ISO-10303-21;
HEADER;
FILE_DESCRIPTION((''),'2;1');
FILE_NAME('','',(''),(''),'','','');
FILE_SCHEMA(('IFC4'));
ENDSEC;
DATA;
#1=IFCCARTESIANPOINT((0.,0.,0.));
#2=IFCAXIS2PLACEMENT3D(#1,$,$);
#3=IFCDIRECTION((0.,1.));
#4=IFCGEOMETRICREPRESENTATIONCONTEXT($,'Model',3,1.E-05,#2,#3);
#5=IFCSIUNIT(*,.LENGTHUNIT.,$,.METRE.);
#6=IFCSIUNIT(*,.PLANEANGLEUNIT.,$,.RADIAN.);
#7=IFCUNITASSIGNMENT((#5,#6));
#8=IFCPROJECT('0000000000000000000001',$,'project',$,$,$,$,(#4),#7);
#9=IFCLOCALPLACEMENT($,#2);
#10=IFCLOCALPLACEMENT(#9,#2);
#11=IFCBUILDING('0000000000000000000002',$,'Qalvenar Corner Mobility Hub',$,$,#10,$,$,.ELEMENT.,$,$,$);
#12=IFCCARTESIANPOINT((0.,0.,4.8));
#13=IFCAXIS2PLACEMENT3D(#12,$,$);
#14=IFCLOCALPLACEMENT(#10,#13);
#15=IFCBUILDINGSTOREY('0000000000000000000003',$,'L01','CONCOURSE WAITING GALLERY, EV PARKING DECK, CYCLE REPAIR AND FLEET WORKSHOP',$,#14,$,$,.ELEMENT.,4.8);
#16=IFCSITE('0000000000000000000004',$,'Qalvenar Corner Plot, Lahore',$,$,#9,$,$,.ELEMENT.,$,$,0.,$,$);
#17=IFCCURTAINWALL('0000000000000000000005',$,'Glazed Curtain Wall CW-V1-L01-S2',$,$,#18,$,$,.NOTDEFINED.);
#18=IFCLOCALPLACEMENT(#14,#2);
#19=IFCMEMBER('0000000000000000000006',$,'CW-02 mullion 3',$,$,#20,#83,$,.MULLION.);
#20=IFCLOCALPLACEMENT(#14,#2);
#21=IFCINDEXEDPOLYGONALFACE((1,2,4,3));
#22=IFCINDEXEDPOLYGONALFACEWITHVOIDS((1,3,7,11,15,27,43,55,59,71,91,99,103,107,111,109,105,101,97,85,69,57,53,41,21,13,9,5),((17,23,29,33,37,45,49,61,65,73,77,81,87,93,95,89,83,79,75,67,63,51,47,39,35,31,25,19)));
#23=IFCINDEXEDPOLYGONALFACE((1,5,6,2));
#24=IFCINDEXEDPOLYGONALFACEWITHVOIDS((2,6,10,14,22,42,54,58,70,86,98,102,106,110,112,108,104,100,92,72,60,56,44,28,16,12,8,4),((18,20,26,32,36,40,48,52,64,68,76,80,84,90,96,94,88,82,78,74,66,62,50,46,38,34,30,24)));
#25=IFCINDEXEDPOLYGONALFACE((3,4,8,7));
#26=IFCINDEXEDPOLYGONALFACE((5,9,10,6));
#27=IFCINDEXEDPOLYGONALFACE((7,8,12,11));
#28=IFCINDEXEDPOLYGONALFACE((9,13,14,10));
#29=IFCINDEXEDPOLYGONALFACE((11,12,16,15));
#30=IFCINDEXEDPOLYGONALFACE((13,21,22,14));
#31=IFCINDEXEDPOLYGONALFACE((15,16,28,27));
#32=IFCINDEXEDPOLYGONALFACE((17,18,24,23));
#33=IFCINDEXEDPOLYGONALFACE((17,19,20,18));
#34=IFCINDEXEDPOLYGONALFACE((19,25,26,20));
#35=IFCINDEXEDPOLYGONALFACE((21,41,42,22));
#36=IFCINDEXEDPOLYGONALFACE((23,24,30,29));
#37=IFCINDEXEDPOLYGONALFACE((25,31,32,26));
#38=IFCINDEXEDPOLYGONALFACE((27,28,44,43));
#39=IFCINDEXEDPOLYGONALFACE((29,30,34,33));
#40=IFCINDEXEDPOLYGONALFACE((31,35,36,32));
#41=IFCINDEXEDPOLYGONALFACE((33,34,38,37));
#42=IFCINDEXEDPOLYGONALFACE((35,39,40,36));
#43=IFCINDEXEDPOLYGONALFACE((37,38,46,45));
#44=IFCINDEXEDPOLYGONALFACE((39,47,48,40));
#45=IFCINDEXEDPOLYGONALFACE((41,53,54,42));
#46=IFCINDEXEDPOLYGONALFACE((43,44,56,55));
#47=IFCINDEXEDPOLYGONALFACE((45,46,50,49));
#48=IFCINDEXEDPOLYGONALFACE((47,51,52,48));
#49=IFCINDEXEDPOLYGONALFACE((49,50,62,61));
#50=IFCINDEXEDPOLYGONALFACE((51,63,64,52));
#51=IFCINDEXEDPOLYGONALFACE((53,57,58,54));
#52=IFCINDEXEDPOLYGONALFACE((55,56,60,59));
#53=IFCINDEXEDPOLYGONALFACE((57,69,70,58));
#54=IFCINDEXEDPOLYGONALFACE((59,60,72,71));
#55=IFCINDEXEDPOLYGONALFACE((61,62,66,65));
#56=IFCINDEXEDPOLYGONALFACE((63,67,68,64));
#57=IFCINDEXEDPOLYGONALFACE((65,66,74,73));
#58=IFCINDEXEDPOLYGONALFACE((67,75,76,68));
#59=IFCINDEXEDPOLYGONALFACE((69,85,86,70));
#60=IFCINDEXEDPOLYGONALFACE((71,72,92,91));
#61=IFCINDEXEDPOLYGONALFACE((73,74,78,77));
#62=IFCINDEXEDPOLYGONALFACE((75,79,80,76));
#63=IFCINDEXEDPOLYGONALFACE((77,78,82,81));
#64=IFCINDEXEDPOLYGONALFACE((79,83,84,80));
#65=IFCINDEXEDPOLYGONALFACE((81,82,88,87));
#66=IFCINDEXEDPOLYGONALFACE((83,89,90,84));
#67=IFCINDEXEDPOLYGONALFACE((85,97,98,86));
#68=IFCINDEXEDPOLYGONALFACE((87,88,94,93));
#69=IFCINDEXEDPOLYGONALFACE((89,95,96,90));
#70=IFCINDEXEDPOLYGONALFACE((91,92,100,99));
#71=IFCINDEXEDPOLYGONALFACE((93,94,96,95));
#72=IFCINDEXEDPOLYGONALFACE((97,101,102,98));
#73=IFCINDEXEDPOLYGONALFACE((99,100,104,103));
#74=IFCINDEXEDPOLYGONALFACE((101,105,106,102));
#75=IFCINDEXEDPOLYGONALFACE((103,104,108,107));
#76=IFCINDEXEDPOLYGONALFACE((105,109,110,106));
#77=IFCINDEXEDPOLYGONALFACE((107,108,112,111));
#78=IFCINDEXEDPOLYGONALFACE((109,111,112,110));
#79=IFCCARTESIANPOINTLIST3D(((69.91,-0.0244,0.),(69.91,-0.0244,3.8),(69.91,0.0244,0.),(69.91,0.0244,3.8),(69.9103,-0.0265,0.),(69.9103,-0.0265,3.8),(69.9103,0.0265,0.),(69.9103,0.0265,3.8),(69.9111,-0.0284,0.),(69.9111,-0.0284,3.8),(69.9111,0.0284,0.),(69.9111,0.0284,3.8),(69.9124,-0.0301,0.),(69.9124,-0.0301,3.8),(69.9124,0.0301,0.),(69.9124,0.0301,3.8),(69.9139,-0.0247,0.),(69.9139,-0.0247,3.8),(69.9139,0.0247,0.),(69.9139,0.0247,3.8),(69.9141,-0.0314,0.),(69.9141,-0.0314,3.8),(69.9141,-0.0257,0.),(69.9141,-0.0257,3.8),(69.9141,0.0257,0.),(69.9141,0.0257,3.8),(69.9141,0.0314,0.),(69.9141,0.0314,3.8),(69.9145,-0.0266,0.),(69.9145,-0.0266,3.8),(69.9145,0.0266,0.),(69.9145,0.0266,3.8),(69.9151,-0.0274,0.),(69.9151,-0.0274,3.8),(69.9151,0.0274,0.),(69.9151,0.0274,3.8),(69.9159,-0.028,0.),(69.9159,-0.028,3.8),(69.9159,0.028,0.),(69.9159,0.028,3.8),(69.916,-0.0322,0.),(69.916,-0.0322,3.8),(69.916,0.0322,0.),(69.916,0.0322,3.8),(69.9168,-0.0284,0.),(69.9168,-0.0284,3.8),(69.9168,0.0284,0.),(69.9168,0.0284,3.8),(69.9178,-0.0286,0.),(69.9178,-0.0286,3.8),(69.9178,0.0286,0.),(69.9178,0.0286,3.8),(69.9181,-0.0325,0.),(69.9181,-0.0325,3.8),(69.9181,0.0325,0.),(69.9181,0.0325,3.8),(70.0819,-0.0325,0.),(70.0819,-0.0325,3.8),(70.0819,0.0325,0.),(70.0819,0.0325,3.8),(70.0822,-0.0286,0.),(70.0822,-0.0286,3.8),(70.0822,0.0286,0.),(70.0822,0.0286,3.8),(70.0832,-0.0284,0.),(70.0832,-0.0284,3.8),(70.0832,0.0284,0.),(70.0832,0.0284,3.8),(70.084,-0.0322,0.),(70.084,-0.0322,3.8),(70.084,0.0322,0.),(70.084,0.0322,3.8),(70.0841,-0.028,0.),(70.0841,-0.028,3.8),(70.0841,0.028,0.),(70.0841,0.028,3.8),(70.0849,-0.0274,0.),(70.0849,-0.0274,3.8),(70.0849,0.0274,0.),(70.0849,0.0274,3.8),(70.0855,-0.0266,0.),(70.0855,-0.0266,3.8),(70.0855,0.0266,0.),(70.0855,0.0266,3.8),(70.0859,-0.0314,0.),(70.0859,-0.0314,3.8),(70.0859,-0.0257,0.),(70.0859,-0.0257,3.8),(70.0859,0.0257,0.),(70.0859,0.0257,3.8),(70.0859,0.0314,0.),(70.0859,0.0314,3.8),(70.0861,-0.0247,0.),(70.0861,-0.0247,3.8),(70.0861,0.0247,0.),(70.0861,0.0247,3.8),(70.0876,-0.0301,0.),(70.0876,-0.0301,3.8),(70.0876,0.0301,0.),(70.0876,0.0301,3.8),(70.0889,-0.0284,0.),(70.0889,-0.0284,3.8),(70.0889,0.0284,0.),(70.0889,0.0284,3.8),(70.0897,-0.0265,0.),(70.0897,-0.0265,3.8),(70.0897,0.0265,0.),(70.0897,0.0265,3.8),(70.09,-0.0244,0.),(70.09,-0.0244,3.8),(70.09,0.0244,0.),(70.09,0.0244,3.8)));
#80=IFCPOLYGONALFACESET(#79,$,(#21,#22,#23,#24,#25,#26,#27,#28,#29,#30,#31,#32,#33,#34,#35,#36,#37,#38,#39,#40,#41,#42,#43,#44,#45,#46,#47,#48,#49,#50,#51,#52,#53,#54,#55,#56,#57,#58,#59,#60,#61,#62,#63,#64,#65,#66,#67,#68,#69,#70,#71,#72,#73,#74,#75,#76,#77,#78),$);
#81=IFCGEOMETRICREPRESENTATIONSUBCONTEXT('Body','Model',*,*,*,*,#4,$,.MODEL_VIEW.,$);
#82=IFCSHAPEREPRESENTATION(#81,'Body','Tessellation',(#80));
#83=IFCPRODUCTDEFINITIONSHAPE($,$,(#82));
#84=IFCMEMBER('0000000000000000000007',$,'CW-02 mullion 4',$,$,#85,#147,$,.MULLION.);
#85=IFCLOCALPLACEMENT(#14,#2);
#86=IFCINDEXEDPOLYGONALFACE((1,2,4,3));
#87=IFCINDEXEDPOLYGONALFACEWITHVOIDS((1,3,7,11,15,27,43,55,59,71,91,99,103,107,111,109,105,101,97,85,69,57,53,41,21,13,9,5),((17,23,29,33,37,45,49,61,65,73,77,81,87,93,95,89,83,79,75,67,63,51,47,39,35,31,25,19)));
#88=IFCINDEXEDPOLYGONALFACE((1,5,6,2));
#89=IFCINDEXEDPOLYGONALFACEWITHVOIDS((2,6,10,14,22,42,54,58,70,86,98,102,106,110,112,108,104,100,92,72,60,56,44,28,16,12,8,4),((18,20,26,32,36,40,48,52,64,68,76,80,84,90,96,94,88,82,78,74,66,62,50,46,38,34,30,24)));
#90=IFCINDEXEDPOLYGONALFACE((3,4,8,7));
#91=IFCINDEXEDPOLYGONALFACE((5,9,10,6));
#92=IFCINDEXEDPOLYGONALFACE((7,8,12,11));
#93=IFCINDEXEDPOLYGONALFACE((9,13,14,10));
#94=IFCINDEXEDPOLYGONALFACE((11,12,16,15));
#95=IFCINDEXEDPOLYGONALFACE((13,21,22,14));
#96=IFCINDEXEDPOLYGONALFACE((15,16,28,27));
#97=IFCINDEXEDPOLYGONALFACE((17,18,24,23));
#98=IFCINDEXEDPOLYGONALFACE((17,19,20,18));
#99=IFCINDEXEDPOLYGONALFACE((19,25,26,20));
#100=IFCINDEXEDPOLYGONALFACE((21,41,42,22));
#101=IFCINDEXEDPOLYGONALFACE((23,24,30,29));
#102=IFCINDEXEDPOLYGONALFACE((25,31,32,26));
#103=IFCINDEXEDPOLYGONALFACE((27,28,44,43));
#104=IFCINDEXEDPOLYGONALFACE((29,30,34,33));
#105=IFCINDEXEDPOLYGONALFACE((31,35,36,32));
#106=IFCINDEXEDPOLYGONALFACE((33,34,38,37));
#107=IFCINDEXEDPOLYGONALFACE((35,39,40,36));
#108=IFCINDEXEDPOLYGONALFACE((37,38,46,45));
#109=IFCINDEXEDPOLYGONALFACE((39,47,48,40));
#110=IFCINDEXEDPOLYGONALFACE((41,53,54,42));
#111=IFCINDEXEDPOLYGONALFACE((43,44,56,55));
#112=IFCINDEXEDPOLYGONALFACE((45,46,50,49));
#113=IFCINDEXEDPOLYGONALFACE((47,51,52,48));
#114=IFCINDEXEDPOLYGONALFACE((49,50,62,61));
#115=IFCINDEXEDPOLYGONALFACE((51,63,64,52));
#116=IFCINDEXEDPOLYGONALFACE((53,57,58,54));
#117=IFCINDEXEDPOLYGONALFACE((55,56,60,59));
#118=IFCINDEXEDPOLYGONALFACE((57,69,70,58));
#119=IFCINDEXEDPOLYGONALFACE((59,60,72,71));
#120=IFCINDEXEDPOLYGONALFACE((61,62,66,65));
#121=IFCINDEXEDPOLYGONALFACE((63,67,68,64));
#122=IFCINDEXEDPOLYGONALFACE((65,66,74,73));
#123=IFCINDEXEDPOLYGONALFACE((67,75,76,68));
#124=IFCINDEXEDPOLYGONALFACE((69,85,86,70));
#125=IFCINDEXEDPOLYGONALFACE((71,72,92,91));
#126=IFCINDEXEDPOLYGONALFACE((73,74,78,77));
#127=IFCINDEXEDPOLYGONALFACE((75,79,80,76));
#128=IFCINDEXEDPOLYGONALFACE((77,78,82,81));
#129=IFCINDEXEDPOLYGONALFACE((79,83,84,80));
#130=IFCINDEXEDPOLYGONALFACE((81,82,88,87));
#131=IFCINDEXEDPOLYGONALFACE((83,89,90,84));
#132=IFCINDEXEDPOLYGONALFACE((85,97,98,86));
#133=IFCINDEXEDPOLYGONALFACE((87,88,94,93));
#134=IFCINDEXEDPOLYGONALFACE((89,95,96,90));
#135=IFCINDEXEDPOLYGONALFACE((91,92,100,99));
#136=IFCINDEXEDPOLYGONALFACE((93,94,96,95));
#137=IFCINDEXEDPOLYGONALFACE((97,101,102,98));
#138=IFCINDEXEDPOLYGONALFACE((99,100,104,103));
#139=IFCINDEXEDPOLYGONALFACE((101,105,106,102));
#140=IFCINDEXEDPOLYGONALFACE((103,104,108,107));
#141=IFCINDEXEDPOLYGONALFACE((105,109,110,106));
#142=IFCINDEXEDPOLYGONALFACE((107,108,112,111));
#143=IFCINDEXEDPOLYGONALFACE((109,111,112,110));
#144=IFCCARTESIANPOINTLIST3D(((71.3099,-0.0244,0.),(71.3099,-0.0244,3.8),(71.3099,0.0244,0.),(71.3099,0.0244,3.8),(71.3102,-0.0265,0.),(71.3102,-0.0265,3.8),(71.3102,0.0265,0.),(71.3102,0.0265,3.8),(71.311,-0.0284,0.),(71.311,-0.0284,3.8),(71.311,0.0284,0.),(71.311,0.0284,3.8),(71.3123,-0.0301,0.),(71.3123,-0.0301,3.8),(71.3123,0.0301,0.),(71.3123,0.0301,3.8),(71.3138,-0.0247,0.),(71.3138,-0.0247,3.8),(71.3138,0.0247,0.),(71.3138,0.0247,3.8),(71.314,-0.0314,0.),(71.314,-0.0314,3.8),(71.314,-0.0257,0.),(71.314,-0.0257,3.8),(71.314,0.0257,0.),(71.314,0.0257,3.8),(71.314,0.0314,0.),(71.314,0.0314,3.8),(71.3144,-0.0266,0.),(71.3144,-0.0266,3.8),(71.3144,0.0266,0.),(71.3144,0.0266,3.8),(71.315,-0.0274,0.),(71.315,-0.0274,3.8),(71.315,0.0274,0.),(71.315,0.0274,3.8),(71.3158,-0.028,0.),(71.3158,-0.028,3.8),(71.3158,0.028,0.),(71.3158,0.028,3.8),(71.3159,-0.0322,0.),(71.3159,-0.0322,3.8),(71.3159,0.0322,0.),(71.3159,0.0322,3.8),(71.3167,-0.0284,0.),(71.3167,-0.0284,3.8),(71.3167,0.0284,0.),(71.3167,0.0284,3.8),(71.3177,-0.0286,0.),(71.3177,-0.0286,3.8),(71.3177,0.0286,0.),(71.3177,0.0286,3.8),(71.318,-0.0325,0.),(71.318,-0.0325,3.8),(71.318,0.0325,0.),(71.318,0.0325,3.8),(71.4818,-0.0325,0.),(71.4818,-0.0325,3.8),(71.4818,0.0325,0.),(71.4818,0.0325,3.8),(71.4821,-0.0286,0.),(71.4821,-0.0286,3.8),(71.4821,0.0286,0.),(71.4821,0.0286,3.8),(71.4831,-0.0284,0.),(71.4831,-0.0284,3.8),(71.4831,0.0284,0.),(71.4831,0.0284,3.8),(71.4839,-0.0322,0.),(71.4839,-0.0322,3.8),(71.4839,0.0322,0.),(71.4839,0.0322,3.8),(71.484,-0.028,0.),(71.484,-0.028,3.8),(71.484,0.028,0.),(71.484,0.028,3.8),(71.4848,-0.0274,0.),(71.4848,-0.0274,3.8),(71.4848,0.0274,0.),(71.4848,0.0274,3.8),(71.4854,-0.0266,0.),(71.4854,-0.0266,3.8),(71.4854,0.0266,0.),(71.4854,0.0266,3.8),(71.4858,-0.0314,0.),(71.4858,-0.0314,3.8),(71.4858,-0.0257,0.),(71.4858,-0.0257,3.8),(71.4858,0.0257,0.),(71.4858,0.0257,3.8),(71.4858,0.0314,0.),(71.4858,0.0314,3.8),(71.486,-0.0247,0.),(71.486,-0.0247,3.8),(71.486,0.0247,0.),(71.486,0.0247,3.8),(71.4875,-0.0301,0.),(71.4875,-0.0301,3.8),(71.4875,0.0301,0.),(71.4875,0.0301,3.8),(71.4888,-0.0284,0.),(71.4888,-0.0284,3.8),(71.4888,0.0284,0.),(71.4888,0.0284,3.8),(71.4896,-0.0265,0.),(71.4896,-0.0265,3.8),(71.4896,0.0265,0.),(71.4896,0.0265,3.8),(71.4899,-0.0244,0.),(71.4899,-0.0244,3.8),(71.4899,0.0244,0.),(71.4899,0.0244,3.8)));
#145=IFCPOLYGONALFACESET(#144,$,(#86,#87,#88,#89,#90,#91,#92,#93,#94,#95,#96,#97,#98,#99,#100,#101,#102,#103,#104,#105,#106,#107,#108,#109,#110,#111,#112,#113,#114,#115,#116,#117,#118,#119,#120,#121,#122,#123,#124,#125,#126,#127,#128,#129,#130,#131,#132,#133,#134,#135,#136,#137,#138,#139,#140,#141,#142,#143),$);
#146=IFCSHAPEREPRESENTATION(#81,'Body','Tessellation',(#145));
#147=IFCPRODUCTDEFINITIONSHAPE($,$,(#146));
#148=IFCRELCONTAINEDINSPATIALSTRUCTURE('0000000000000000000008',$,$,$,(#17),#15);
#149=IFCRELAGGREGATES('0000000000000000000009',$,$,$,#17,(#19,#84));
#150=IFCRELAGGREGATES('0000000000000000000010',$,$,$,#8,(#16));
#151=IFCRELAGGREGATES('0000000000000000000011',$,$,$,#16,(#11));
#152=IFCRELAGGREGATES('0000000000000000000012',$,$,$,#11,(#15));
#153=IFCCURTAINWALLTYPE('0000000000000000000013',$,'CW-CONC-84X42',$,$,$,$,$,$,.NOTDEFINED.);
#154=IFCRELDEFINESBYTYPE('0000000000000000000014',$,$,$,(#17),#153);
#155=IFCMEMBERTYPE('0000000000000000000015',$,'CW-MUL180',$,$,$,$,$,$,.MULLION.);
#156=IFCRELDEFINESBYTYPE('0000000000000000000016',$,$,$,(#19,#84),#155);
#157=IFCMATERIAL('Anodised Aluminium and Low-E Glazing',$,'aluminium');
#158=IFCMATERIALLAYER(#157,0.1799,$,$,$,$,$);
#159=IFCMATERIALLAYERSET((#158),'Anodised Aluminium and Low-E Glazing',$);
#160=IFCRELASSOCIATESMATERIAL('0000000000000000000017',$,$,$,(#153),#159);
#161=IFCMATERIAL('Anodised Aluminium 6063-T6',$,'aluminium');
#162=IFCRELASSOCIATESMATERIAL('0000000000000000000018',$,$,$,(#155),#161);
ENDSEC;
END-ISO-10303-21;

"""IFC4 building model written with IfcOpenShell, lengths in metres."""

from ifc_helpers import new_model, si_unit, direction, frame, origin, origin_2d, place, context, subcontext, project, spatial, hollow_rectangle, extrude, material, layer, layer_set, material_profile, profile_set, type_object, element, aggregate, save


model = new_model("IFC4")

# Units and contexts
model_context = context("Model", 3, precision=1e-05, world=origin(), true_north=direction((0.0, 1.0)))
body_context = subcontext(model_context, "Body", "Model", "MODEL_VIEW")
ifc_project = project(units=[si_unit("LENGTHUNIT", "METRE"), si_unit("PLANEANGLEUNIT", "RADIAN")], contexts=[model_context])

# Site, building, storey
site_placement = place(None, origin())
site = spatial("IfcSite", under=ifc_project, at=site_placement, Name="Qalvenar Corner Plot, Lahore", CompositionType="ELEMENT", RefElevation=0.0)
building_placement = place(site_placement, origin())
building = spatial("IfcBuilding", under=site, at=building_placement, Name="Qalvenar Corner Mobility Hub", CompositionType="ELEMENT")
storey_placement = place(building_placement, frame((0.0, 0.0, 4.8)))
storey = spatial("IfcBuildingStorey", under=building, at=storey_placement, Name="L01", Description="CONCOURSE WAITING GALLERY, EV PARKING DECK, CYCLE REPAIR AND FLEET WORKSHOP", CompositionType="ELEMENT", Elevation=4.8)

# Curtain wall, members
ifc_material_1 = material(Name="Anodised Aluminium and Low-E Glazing", Category="aluminium")
ifc_layer_1 = layer(ifc_material_1, 0.1799)
ifc_layer_set_1 = layer_set([ifc_layer_1], Name="Anodised Aluminium and Low-E Glazing")
curtain_wall_type = type_object("IfcCurtainWallType", Name="CW-CONC-84X42", PredefinedType="NOTDEFINED", material=ifc_layer_set_1)
curtain_wall_placement = place(storey_placement, origin())
curtain_wall = element("IfcCurtainWall", 1, at=curtain_wall_placement, inside=storey, type_object=curtain_wall_type, Name="Glazed Curtain Wall CW-V1-L01-S2", PredefinedType="NOTDEFINED")
ifc_material_2 = material(Name="Anodised Aluminium 6063-T6", Category="aluminium")
ifc_material_profile_1 = material_profile(ifc_material_2, hollow_rectangle(XDim=0.0649, YDim=0.1799, WallThickness=0.0039, InnerFilletRadius=0.0039, OuterFilletRadius=0.0081, at=origin_2d()), Name="RHS180x65x4")
ifc_profile_set_1 = profile_set([ifc_material_profile_1], Name="Anodised Aluminium 6063-T6")
member_type_1 = type_object("IfcMemberType", Name="CW-MUL180", PredefinedType="MULLION", material=ifc_profile_set_1)
member_1_placement = place(storey_placement, frame((70.0, 0.0, 0.0), z_axis=(0.0, 0.0, 1.0), x_axis=(0.0, 1.0, 0.0)))
member_1 = element("IfcMember", 2, at=member_1_placement, type_object=member_type_1, Name="CW-02 mullion 3", PredefinedType="MULLION", context=body_context, shape_type="SweptSolid", body=[
    extrude(hollow_rectangle(XDim=0.0649, YDim=0.1799, WallThickness=0.0039, InnerFilletRadius=0.0039, OuterFilletRadius=0.0081, at=origin_2d()), origin(), (0.0, 0.0, 1.0), 3.8),
])
member_2_placement = place(storey_placement, frame((71.3999, 0.0, 0.0), z_axis=(0.0, 0.0, 1.0), x_axis=(0.0, 1.0, 0.0)))
member_2 = element("IfcMember", 3, at=member_2_placement, type_object=member_type_1, Name="CW-02 mullion 4", PredefinedType="MULLION", context=body_context, shape_type="SweptSolid", body=[
    extrude(hollow_rectangle(XDim=0.0649, YDim=0.1799, WallThickness=0.0039, InnerFilletRadius=0.0039, OuterFilletRadius=0.0081, at=origin_2d()), origin(), (0.0, 0.0, 1.0), 3.8),
])
aggregate(curtain_wall, [member_1, member_2])

save(model, "model.ifc")
